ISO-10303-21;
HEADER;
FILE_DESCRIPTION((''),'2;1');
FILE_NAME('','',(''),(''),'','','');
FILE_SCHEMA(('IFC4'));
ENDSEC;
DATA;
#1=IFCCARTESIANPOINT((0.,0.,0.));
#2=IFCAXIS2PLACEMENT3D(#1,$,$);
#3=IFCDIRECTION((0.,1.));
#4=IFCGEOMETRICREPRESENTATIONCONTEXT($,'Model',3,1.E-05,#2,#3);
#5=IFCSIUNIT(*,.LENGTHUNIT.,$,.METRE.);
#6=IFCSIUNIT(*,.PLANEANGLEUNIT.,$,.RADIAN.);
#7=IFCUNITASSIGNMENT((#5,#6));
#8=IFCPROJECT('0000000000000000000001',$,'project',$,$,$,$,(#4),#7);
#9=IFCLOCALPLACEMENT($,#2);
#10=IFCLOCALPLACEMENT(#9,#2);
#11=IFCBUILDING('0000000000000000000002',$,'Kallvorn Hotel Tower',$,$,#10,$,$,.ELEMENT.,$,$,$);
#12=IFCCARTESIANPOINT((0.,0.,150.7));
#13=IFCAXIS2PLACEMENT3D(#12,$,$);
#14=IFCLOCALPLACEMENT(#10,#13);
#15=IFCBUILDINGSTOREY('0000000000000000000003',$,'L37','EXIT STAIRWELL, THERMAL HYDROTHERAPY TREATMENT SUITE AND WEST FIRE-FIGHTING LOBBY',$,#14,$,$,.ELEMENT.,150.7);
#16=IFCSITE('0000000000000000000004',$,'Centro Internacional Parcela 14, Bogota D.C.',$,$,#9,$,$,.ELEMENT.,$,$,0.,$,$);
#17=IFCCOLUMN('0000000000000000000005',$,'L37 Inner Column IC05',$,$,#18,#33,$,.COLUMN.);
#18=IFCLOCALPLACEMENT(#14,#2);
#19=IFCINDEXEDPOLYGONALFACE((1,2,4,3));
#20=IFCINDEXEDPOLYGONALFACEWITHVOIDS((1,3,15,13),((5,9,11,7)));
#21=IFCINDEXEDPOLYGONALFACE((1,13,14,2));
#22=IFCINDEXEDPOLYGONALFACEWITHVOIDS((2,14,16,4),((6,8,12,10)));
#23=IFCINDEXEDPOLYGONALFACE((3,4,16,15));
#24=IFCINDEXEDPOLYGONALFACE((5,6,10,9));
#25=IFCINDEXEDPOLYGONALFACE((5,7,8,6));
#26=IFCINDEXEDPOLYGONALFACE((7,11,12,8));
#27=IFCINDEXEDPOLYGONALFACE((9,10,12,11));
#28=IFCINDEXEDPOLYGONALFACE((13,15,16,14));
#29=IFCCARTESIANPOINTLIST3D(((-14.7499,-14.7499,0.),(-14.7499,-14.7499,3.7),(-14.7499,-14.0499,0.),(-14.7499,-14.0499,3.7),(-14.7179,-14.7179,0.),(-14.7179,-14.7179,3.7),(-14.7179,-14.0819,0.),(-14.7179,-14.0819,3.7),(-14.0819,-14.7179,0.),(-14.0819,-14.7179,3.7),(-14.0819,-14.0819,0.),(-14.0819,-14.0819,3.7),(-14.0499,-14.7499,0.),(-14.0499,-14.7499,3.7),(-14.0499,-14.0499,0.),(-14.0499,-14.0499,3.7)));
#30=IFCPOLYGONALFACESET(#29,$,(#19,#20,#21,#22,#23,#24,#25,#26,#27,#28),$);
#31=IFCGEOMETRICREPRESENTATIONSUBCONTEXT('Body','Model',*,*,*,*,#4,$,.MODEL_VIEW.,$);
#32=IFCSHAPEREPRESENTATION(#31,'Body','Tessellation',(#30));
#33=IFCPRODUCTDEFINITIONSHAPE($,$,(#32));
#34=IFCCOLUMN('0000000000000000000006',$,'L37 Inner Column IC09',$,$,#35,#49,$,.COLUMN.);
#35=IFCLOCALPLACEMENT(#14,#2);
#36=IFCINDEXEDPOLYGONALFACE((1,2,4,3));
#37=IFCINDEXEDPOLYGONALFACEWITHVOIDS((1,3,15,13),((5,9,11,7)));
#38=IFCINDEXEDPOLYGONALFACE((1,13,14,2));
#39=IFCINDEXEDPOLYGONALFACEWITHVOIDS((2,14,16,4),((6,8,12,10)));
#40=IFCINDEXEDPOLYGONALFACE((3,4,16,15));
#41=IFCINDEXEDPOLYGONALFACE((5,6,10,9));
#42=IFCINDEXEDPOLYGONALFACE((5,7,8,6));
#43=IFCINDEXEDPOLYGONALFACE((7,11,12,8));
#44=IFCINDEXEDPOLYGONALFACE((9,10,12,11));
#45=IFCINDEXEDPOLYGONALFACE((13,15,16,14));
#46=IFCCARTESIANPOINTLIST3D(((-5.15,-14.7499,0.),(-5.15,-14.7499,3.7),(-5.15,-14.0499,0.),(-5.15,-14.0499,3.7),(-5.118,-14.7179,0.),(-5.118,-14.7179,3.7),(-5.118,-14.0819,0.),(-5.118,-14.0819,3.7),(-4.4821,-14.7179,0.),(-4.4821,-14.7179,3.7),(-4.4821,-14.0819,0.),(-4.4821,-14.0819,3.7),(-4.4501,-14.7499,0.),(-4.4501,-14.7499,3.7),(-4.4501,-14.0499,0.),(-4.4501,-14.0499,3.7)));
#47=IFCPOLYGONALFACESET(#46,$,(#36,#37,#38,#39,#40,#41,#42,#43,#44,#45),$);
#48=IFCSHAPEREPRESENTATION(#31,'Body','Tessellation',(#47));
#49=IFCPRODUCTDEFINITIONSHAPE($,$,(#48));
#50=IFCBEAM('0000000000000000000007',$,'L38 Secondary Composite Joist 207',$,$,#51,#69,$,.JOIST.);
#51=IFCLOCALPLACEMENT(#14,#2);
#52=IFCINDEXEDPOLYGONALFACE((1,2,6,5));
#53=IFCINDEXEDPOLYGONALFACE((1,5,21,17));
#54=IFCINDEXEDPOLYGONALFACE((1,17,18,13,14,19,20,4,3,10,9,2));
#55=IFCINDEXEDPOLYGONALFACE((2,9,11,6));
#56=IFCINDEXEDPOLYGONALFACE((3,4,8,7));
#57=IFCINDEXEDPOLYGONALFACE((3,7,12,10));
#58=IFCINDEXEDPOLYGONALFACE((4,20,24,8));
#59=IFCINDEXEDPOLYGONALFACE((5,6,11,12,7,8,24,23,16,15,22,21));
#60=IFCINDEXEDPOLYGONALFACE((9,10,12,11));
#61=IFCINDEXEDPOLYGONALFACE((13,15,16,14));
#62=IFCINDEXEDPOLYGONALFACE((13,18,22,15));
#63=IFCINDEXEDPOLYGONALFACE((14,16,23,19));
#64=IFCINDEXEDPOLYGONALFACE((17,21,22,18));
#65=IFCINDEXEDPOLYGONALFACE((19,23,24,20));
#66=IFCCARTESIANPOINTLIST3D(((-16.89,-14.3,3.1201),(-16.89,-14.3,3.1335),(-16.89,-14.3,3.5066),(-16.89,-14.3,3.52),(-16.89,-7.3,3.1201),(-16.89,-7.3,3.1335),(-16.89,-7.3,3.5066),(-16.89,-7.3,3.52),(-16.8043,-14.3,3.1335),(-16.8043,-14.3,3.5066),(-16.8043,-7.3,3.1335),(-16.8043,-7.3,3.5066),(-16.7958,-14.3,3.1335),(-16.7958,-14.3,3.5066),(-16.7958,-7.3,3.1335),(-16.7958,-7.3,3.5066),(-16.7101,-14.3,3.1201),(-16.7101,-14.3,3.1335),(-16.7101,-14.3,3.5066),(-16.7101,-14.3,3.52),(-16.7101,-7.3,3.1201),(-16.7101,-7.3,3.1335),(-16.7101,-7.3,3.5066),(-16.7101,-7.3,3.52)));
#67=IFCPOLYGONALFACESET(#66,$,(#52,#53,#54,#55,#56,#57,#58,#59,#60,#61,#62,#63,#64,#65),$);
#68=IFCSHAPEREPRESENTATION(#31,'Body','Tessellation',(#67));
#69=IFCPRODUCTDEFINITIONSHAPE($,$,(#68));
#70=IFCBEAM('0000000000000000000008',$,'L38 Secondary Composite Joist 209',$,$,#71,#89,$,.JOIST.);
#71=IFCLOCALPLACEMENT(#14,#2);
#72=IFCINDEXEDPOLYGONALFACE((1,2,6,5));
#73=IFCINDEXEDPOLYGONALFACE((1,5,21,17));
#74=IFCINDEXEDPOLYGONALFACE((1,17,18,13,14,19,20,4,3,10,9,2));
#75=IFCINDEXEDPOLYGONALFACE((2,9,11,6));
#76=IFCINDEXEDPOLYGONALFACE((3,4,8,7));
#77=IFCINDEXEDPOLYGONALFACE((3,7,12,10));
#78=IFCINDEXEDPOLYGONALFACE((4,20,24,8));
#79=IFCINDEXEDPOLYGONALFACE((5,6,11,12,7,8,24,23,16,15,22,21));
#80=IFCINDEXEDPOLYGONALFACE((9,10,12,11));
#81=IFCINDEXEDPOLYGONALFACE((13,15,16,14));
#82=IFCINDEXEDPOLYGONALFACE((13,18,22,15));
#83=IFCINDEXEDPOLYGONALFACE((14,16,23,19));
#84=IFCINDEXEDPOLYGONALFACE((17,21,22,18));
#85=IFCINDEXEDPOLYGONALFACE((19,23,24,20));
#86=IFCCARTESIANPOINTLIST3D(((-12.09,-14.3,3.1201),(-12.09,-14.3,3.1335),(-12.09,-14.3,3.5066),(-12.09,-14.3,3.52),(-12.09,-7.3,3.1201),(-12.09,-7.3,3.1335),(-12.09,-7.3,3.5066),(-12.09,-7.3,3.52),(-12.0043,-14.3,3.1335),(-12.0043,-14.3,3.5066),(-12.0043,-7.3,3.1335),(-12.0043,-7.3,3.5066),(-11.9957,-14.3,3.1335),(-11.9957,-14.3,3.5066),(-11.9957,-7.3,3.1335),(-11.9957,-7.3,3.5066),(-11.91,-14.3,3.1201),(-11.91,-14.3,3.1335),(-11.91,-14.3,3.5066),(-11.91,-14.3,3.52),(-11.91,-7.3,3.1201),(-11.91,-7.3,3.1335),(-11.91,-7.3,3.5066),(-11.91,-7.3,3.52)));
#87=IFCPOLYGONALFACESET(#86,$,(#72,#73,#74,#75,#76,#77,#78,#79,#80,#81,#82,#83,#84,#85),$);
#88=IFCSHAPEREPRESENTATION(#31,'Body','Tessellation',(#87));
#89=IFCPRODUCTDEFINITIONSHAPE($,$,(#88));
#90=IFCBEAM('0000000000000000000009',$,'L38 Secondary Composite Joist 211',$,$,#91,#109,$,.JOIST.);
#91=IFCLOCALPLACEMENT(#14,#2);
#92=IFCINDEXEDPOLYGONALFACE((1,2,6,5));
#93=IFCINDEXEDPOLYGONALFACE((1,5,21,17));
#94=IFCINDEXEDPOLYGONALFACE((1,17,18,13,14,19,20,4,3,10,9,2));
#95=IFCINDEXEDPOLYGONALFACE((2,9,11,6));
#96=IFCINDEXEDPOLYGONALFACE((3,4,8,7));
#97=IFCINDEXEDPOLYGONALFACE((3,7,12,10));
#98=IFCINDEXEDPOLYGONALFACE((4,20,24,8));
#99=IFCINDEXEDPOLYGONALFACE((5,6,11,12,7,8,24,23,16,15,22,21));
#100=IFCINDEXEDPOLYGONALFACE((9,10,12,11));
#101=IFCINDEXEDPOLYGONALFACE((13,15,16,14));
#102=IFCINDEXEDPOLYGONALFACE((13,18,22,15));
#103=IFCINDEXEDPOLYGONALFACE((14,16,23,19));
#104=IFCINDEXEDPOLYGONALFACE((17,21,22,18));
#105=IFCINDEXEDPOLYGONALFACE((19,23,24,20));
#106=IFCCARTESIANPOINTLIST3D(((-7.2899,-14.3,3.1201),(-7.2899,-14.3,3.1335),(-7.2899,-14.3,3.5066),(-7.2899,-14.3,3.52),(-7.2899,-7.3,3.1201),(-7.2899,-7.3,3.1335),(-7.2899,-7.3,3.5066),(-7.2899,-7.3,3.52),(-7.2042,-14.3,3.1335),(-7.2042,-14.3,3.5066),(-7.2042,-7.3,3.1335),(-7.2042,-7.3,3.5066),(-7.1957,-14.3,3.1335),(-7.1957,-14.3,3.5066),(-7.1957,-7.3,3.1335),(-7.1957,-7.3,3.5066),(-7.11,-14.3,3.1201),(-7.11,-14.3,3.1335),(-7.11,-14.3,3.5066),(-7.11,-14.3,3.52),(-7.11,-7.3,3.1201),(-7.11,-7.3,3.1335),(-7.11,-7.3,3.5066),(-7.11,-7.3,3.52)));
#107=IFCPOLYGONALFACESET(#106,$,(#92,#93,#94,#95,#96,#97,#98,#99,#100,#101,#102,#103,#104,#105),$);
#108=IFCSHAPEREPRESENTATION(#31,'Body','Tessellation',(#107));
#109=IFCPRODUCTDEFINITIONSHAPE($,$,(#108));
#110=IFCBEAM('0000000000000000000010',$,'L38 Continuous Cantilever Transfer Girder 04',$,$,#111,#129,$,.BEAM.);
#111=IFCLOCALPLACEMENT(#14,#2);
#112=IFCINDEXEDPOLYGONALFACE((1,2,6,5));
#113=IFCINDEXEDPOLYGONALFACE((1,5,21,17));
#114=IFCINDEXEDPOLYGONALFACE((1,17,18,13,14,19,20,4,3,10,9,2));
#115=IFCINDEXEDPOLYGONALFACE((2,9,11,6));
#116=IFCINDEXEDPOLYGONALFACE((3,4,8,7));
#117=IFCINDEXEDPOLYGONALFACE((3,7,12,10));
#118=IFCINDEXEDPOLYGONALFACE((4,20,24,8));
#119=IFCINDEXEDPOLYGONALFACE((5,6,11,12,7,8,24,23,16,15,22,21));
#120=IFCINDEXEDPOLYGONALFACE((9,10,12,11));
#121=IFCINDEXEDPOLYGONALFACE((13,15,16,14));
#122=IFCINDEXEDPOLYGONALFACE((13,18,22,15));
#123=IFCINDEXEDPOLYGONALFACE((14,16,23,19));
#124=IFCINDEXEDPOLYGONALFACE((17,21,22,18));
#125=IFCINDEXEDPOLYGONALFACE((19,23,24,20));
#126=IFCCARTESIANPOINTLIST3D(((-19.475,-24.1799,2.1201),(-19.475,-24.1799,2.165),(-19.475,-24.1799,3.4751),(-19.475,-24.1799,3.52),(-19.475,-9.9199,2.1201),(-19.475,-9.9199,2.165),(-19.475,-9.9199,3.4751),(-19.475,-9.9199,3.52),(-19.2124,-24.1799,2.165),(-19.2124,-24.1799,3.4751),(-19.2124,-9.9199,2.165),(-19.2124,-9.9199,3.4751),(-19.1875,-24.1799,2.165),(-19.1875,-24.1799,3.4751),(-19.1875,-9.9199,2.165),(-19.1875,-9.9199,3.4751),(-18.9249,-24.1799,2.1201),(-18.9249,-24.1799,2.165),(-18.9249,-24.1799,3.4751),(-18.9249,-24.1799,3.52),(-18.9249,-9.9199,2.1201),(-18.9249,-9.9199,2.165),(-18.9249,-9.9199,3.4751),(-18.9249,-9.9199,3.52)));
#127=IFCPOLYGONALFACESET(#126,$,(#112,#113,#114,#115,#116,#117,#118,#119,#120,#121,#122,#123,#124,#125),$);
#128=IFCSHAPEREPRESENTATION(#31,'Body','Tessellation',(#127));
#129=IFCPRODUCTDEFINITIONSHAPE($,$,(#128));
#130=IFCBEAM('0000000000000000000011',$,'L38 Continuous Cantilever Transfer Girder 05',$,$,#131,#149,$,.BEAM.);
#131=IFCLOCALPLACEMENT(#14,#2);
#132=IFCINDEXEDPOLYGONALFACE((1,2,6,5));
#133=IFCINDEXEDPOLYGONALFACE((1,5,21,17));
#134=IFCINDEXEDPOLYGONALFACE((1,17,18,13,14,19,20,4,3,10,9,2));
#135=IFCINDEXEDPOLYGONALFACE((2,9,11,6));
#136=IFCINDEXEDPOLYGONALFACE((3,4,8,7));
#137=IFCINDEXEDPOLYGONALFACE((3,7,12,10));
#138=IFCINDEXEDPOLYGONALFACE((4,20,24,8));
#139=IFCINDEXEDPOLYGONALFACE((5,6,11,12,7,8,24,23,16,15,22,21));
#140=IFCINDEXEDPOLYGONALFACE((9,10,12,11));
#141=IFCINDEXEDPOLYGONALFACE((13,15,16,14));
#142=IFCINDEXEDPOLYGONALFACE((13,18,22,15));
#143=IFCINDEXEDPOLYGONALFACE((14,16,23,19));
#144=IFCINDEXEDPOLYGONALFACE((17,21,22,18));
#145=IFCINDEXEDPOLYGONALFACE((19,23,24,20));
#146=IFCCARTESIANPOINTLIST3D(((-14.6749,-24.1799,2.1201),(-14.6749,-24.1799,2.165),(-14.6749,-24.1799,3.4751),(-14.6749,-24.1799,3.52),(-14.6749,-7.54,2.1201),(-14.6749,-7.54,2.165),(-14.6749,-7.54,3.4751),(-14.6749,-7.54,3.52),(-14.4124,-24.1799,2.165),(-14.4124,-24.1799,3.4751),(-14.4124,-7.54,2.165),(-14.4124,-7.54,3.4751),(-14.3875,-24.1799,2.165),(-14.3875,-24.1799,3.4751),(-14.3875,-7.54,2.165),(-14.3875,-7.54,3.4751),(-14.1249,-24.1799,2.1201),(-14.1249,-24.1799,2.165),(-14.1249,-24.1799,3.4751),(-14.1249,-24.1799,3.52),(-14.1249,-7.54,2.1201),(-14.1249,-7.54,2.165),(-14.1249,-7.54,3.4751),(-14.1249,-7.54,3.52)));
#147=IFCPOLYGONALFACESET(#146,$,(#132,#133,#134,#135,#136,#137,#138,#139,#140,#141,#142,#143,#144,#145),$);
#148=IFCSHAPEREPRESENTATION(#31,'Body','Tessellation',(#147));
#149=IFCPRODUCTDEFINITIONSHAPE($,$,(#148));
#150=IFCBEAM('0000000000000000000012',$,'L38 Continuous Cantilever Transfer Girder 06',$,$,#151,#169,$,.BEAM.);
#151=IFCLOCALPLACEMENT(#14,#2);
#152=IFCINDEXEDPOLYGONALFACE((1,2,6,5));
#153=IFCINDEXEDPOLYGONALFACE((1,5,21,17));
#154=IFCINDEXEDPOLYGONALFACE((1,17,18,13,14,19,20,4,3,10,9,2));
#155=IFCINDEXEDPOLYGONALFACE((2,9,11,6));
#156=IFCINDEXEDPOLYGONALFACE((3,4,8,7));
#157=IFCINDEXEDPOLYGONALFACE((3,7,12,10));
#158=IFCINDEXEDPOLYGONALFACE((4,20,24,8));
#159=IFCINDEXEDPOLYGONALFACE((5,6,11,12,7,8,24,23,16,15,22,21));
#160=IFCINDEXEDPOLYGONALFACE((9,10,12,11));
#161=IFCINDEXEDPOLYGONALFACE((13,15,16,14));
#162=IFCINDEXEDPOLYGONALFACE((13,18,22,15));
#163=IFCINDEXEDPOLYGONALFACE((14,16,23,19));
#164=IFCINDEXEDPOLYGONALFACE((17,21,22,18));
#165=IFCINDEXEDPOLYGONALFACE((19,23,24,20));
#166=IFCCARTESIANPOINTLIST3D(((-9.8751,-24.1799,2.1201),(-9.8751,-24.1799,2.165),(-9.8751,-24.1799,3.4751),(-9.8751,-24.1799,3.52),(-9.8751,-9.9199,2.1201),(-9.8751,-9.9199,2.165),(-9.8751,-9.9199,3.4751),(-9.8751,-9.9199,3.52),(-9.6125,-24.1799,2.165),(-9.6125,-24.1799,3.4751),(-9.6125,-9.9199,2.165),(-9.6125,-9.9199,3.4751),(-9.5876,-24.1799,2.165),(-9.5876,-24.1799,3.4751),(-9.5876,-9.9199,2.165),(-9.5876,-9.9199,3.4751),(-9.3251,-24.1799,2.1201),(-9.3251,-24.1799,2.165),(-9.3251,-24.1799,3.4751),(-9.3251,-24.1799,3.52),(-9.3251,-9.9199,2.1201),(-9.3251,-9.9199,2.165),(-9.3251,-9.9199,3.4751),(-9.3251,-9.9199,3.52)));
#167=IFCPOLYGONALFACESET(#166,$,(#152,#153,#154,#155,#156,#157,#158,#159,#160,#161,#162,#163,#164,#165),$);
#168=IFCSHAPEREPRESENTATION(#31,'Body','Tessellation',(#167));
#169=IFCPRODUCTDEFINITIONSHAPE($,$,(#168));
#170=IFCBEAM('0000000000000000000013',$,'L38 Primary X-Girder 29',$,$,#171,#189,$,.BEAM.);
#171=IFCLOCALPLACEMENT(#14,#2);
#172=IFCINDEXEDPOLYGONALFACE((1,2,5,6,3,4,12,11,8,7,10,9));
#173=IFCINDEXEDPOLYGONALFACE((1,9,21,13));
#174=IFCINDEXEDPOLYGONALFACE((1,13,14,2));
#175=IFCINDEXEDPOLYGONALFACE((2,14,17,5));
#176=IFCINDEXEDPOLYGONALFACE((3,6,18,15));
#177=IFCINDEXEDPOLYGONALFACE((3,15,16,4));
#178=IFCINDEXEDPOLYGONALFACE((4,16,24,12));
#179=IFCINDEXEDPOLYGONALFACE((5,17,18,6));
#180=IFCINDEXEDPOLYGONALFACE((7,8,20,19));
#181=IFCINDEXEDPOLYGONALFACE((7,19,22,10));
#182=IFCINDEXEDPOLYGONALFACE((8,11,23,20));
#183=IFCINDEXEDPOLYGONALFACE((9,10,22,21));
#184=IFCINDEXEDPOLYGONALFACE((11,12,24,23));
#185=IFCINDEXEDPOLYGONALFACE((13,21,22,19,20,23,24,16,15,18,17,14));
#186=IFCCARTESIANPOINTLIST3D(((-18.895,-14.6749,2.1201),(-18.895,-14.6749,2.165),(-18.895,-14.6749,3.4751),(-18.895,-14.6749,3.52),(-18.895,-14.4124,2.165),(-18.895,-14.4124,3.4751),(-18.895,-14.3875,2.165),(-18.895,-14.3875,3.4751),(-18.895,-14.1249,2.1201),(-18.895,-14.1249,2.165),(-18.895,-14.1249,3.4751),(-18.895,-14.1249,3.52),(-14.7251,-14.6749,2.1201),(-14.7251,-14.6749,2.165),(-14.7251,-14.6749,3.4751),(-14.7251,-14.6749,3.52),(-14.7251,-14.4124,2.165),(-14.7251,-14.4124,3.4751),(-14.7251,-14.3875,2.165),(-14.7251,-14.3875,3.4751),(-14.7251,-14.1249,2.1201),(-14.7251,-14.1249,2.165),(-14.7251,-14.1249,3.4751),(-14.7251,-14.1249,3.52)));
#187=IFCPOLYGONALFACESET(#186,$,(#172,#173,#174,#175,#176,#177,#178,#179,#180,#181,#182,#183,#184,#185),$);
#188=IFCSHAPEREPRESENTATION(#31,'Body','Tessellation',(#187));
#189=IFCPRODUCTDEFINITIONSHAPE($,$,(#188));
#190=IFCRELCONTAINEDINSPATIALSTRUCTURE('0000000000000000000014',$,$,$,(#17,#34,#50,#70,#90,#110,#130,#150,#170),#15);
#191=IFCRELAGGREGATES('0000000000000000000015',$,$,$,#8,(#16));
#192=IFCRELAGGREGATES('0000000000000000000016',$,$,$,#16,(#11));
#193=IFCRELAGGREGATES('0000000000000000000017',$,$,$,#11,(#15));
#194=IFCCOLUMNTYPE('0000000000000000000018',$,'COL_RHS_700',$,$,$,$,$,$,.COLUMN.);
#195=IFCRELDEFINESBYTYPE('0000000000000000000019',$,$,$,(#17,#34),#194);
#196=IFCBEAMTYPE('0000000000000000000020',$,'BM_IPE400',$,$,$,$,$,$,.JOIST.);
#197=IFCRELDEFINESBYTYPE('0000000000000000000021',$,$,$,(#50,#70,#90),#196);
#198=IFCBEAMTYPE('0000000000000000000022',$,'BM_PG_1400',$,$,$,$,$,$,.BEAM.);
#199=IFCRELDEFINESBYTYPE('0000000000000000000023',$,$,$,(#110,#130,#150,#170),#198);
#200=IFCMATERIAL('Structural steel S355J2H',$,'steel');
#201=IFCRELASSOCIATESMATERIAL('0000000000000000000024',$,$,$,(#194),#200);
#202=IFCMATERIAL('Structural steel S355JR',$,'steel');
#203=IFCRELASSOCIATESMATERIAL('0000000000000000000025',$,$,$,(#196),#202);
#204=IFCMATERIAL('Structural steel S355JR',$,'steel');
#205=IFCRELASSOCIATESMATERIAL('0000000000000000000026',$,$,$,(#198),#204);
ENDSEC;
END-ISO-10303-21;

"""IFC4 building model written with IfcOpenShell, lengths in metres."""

from ifc_helpers import new_model, si_unit, direction, frame, origin, origin_2d, place, context, subcontext, project, spatial, hollow_rectangle, i_section, extrude, material, material_profile, profile_set, type_object, element, save


model = new_model("IFC4")

# Units and contexts
model_context = context("Model", 3, precision=1e-05, world=origin(), true_north=direction((0.0, 1.0)))
body_context = subcontext(model_context, "Body", "Model", "MODEL_VIEW")
ifc_project = project(units=[si_unit("LENGTHUNIT", "METRE"), si_unit("PLANEANGLEUNIT", "RADIAN")], contexts=[model_context])

# Site, building, storey
site_placement = place(None, origin())
site = spatial("IfcSite", under=ifc_project, at=site_placement, Name="Centro Internacional Parcela 14, Bogota D.C.", CompositionType="ELEMENT", RefElevation=0.0)
building_placement = place(site_placement, origin())
building = spatial("IfcBuilding", under=site, at=building_placement, Name="Kallvorn Hotel Tower", CompositionType="ELEMENT")
storey_placement = place(building_placement, frame((0.0, 0.0, 150.7)))
storey = spatial("IfcBuildingStorey", under=building, at=storey_placement, Name="L37", Description="EXIT STAIRWELL, THERMAL HYDROTHERAPY TREATMENT SUITE AND WEST FIRE-FIGHTING LOBBY", CompositionType="ELEMENT", Elevation=150.7)

# Columns
ifc_material_1 = material(Name="Structural steel S355J2H", Category="steel")
ifc_material_profile_1 = material_profile(ifc_material_1, hollow_rectangle(XDim=0.7, YDim=0.7, WallThickness=0.032, at=origin_2d()), Name="RHS 700x700x32")
ifc_profile_set_1 = profile_set([ifc_material_profile_1], Name="Structural steel S355J2H")
column_type_1 = type_object("IfcColumnType", Name="COL_RHS_700", PredefinedType="COLUMN", material=ifc_profile_set_1)
for number, where, z_axis, x_axis, name in (
    (1, (-14.3999, -14.3999, 0.0), (0.0, 0.0, 1.0), (1.0, 0.0, 0.0), "L37 Inner Column IC05"),
    (2, (-4.8, -14.3999, 0.0), (0.0, 0.0, 1.0), (1.0, 0.0, 0.0), "L37 Inner Column IC09"),
):
    element("IfcColumn", number, at=place(storey_placement, frame(where, z_axis=z_axis, x_axis=x_axis)), inside=storey, type_object=column_type_1, Name=name, PredefinedType="COLUMN", context=body_context, shape_type="SweptSolid", body=[
        extrude(hollow_rectangle(XDim=0.7, YDim=0.7, WallThickness=0.032, at=origin_2d()), origin(), (0.0, 0.0, 1.0), 3.7),
    ])

# Beams
ifc_material_2 = material(Name="Structural steel S355JR", Category="steel")
ifc_material_profile_2 = material_profile(ifc_material_2, i_section(OverallWidth=0.1799, OverallDepth=0.3999, WebThickness=0.0085, FlangeThickness=0.0134, at=origin_2d()), Name="IPE 400")
ifc_profile_set_2 = profile_set([ifc_material_profile_2], Name="Structural steel S355JR")
beam_type_1 = type_object("IfcBeamType", Name="BM_IPE400", PredefinedType="JOIST", material=ifc_profile_set_2)
for number, where, z_axis, x_axis, name in (
    (3, (-16.8, -14.3, 3.3201), (0.0, 1.0, 0.0), (-1.0, 0.0, 0.0), "L38 Secondary Composite Joist 207"),
    (4, (-12.0, -14.3, 3.3201), (0.0, 1.0, 0.0), (-1.0, 0.0, 0.0), "L38 Secondary Composite Joist 209"),
    (5, (-7.2, -14.3, 3.3201), (0.0, 1.0, 0.0), (-1.0, 0.0, 0.0), "L38 Secondary Composite Joist 211"),
):
    element("IfcBeam", number, at=place(storey_placement, frame(where, z_axis=z_axis, x_axis=x_axis)), inside=storey, type_object=beam_type_1, Name=name, PredefinedType="JOIST", context=body_context, shape_type="SweptSolid", body=[
        extrude(i_section(OverallWidth=0.1799, OverallDepth=0.3999, WebThickness=0.0085, FlangeThickness=0.0134, at=origin_2d()), origin(), (0.0, 0.0, 1.0), 7.0),
    ])
ifc_material_3 = material(Name="Structural steel S355JR", Category="steel")
ifc_material_profile_3 = material_profile(ifc_material_3, i_section(OverallWidth=0.55, OverallDepth=1.3999, WebThickness=0.0249, FlangeThickness=0.0449, at=origin_2d()), Name="PG 1400x550x25x45")
ifc_profile_set_3 = profile_set([ifc_material_profile_3], Name="Structural steel S355JR")
beam_type_2 = type_object("IfcBeamType", Name="BM_PG_1400", PredefinedType="BEAM", material=ifc_profile_set_3)
beam_1_placement = place(storey_placement, frame((-19.2, -9.9199, 2.8201), z_axis=(0.0, -1.0, 0.0), x_axis=(1.0, 0.0, 0.0)))
element("IfcBeam", 6, at=beam_1_placement, inside=storey, type_object=beam_type_2, Name="L38 Continuous Cantilever Transfer Girder 04", PredefinedType="BEAM", context=body_context, shape_type="SweptSolid", body=[
    extrude(i_section(OverallWidth=0.55, OverallDepth=1.3999, WebThickness=0.0249, FlangeThickness=0.0449, at=origin_2d()), origin(), (0.0, 0.0, 1.0), 14.26),
])
beam_2_placement = place(storey_placement, frame((-14.3999, -7.54, 2.8201), z_axis=(0.0, -1.0, 0.0), x_axis=(1.0, 0.0, 0.0)))
element("IfcBeam", 7, at=beam_2_placement, inside=storey, type_object=beam_type_2, Name="L38 Continuous Cantilever Transfer Girder 05", PredefinedType="BEAM", context=body_context, shape_type="SweptSolid", body=[
    extrude(i_section(OverallWidth=0.55, OverallDepth=1.3999, WebThickness=0.0249, FlangeThickness=0.0449, at=origin_2d()), origin(), (0.0, 0.0, 1.0), 16.6399),
])
beam_3_placement = place(storey_placement, frame((-9.6001, -9.9199, 2.8201), z_axis=(0.0, -1.0, 0.0), x_axis=(1.0, 0.0, 0.0)))
element("IfcBeam", 8, at=beam_3_placement, inside=storey, type_object=beam_type_2, Name="L38 Continuous Cantilever Transfer Girder 06", PredefinedType="BEAM", context=body_context, shape_type="SweptSolid", body=[
    extrude(i_section(OverallWidth=0.55, OverallDepth=1.3999, WebThickness=0.0249, FlangeThickness=0.0449, at=origin_2d()), origin(), (0.0, 0.0, 1.0), 14.26),
])
beam_4_placement = place(storey_placement, frame((-18.895, -14.3999, 2.8201), z_axis=(1.0, 0.0, 0.0), x_axis=(0.0, 1.0, 0.0)))
element("IfcBeam", 9, at=beam_4_placement, inside=storey, type_object=beam_type_2, Name="L38 Primary X-Girder 29", PredefinedType="BEAM", context=body_context, shape_type="SweptSolid", body=[
    extrude(i_section(OverallWidth=0.55, OverallDepth=1.3999, WebThickness=0.0249, FlangeThickness=0.0449, at=origin_2d()), origin(), (0.0, 0.0, 1.0), 4.1699),
])

save(model, "model.ifc")
